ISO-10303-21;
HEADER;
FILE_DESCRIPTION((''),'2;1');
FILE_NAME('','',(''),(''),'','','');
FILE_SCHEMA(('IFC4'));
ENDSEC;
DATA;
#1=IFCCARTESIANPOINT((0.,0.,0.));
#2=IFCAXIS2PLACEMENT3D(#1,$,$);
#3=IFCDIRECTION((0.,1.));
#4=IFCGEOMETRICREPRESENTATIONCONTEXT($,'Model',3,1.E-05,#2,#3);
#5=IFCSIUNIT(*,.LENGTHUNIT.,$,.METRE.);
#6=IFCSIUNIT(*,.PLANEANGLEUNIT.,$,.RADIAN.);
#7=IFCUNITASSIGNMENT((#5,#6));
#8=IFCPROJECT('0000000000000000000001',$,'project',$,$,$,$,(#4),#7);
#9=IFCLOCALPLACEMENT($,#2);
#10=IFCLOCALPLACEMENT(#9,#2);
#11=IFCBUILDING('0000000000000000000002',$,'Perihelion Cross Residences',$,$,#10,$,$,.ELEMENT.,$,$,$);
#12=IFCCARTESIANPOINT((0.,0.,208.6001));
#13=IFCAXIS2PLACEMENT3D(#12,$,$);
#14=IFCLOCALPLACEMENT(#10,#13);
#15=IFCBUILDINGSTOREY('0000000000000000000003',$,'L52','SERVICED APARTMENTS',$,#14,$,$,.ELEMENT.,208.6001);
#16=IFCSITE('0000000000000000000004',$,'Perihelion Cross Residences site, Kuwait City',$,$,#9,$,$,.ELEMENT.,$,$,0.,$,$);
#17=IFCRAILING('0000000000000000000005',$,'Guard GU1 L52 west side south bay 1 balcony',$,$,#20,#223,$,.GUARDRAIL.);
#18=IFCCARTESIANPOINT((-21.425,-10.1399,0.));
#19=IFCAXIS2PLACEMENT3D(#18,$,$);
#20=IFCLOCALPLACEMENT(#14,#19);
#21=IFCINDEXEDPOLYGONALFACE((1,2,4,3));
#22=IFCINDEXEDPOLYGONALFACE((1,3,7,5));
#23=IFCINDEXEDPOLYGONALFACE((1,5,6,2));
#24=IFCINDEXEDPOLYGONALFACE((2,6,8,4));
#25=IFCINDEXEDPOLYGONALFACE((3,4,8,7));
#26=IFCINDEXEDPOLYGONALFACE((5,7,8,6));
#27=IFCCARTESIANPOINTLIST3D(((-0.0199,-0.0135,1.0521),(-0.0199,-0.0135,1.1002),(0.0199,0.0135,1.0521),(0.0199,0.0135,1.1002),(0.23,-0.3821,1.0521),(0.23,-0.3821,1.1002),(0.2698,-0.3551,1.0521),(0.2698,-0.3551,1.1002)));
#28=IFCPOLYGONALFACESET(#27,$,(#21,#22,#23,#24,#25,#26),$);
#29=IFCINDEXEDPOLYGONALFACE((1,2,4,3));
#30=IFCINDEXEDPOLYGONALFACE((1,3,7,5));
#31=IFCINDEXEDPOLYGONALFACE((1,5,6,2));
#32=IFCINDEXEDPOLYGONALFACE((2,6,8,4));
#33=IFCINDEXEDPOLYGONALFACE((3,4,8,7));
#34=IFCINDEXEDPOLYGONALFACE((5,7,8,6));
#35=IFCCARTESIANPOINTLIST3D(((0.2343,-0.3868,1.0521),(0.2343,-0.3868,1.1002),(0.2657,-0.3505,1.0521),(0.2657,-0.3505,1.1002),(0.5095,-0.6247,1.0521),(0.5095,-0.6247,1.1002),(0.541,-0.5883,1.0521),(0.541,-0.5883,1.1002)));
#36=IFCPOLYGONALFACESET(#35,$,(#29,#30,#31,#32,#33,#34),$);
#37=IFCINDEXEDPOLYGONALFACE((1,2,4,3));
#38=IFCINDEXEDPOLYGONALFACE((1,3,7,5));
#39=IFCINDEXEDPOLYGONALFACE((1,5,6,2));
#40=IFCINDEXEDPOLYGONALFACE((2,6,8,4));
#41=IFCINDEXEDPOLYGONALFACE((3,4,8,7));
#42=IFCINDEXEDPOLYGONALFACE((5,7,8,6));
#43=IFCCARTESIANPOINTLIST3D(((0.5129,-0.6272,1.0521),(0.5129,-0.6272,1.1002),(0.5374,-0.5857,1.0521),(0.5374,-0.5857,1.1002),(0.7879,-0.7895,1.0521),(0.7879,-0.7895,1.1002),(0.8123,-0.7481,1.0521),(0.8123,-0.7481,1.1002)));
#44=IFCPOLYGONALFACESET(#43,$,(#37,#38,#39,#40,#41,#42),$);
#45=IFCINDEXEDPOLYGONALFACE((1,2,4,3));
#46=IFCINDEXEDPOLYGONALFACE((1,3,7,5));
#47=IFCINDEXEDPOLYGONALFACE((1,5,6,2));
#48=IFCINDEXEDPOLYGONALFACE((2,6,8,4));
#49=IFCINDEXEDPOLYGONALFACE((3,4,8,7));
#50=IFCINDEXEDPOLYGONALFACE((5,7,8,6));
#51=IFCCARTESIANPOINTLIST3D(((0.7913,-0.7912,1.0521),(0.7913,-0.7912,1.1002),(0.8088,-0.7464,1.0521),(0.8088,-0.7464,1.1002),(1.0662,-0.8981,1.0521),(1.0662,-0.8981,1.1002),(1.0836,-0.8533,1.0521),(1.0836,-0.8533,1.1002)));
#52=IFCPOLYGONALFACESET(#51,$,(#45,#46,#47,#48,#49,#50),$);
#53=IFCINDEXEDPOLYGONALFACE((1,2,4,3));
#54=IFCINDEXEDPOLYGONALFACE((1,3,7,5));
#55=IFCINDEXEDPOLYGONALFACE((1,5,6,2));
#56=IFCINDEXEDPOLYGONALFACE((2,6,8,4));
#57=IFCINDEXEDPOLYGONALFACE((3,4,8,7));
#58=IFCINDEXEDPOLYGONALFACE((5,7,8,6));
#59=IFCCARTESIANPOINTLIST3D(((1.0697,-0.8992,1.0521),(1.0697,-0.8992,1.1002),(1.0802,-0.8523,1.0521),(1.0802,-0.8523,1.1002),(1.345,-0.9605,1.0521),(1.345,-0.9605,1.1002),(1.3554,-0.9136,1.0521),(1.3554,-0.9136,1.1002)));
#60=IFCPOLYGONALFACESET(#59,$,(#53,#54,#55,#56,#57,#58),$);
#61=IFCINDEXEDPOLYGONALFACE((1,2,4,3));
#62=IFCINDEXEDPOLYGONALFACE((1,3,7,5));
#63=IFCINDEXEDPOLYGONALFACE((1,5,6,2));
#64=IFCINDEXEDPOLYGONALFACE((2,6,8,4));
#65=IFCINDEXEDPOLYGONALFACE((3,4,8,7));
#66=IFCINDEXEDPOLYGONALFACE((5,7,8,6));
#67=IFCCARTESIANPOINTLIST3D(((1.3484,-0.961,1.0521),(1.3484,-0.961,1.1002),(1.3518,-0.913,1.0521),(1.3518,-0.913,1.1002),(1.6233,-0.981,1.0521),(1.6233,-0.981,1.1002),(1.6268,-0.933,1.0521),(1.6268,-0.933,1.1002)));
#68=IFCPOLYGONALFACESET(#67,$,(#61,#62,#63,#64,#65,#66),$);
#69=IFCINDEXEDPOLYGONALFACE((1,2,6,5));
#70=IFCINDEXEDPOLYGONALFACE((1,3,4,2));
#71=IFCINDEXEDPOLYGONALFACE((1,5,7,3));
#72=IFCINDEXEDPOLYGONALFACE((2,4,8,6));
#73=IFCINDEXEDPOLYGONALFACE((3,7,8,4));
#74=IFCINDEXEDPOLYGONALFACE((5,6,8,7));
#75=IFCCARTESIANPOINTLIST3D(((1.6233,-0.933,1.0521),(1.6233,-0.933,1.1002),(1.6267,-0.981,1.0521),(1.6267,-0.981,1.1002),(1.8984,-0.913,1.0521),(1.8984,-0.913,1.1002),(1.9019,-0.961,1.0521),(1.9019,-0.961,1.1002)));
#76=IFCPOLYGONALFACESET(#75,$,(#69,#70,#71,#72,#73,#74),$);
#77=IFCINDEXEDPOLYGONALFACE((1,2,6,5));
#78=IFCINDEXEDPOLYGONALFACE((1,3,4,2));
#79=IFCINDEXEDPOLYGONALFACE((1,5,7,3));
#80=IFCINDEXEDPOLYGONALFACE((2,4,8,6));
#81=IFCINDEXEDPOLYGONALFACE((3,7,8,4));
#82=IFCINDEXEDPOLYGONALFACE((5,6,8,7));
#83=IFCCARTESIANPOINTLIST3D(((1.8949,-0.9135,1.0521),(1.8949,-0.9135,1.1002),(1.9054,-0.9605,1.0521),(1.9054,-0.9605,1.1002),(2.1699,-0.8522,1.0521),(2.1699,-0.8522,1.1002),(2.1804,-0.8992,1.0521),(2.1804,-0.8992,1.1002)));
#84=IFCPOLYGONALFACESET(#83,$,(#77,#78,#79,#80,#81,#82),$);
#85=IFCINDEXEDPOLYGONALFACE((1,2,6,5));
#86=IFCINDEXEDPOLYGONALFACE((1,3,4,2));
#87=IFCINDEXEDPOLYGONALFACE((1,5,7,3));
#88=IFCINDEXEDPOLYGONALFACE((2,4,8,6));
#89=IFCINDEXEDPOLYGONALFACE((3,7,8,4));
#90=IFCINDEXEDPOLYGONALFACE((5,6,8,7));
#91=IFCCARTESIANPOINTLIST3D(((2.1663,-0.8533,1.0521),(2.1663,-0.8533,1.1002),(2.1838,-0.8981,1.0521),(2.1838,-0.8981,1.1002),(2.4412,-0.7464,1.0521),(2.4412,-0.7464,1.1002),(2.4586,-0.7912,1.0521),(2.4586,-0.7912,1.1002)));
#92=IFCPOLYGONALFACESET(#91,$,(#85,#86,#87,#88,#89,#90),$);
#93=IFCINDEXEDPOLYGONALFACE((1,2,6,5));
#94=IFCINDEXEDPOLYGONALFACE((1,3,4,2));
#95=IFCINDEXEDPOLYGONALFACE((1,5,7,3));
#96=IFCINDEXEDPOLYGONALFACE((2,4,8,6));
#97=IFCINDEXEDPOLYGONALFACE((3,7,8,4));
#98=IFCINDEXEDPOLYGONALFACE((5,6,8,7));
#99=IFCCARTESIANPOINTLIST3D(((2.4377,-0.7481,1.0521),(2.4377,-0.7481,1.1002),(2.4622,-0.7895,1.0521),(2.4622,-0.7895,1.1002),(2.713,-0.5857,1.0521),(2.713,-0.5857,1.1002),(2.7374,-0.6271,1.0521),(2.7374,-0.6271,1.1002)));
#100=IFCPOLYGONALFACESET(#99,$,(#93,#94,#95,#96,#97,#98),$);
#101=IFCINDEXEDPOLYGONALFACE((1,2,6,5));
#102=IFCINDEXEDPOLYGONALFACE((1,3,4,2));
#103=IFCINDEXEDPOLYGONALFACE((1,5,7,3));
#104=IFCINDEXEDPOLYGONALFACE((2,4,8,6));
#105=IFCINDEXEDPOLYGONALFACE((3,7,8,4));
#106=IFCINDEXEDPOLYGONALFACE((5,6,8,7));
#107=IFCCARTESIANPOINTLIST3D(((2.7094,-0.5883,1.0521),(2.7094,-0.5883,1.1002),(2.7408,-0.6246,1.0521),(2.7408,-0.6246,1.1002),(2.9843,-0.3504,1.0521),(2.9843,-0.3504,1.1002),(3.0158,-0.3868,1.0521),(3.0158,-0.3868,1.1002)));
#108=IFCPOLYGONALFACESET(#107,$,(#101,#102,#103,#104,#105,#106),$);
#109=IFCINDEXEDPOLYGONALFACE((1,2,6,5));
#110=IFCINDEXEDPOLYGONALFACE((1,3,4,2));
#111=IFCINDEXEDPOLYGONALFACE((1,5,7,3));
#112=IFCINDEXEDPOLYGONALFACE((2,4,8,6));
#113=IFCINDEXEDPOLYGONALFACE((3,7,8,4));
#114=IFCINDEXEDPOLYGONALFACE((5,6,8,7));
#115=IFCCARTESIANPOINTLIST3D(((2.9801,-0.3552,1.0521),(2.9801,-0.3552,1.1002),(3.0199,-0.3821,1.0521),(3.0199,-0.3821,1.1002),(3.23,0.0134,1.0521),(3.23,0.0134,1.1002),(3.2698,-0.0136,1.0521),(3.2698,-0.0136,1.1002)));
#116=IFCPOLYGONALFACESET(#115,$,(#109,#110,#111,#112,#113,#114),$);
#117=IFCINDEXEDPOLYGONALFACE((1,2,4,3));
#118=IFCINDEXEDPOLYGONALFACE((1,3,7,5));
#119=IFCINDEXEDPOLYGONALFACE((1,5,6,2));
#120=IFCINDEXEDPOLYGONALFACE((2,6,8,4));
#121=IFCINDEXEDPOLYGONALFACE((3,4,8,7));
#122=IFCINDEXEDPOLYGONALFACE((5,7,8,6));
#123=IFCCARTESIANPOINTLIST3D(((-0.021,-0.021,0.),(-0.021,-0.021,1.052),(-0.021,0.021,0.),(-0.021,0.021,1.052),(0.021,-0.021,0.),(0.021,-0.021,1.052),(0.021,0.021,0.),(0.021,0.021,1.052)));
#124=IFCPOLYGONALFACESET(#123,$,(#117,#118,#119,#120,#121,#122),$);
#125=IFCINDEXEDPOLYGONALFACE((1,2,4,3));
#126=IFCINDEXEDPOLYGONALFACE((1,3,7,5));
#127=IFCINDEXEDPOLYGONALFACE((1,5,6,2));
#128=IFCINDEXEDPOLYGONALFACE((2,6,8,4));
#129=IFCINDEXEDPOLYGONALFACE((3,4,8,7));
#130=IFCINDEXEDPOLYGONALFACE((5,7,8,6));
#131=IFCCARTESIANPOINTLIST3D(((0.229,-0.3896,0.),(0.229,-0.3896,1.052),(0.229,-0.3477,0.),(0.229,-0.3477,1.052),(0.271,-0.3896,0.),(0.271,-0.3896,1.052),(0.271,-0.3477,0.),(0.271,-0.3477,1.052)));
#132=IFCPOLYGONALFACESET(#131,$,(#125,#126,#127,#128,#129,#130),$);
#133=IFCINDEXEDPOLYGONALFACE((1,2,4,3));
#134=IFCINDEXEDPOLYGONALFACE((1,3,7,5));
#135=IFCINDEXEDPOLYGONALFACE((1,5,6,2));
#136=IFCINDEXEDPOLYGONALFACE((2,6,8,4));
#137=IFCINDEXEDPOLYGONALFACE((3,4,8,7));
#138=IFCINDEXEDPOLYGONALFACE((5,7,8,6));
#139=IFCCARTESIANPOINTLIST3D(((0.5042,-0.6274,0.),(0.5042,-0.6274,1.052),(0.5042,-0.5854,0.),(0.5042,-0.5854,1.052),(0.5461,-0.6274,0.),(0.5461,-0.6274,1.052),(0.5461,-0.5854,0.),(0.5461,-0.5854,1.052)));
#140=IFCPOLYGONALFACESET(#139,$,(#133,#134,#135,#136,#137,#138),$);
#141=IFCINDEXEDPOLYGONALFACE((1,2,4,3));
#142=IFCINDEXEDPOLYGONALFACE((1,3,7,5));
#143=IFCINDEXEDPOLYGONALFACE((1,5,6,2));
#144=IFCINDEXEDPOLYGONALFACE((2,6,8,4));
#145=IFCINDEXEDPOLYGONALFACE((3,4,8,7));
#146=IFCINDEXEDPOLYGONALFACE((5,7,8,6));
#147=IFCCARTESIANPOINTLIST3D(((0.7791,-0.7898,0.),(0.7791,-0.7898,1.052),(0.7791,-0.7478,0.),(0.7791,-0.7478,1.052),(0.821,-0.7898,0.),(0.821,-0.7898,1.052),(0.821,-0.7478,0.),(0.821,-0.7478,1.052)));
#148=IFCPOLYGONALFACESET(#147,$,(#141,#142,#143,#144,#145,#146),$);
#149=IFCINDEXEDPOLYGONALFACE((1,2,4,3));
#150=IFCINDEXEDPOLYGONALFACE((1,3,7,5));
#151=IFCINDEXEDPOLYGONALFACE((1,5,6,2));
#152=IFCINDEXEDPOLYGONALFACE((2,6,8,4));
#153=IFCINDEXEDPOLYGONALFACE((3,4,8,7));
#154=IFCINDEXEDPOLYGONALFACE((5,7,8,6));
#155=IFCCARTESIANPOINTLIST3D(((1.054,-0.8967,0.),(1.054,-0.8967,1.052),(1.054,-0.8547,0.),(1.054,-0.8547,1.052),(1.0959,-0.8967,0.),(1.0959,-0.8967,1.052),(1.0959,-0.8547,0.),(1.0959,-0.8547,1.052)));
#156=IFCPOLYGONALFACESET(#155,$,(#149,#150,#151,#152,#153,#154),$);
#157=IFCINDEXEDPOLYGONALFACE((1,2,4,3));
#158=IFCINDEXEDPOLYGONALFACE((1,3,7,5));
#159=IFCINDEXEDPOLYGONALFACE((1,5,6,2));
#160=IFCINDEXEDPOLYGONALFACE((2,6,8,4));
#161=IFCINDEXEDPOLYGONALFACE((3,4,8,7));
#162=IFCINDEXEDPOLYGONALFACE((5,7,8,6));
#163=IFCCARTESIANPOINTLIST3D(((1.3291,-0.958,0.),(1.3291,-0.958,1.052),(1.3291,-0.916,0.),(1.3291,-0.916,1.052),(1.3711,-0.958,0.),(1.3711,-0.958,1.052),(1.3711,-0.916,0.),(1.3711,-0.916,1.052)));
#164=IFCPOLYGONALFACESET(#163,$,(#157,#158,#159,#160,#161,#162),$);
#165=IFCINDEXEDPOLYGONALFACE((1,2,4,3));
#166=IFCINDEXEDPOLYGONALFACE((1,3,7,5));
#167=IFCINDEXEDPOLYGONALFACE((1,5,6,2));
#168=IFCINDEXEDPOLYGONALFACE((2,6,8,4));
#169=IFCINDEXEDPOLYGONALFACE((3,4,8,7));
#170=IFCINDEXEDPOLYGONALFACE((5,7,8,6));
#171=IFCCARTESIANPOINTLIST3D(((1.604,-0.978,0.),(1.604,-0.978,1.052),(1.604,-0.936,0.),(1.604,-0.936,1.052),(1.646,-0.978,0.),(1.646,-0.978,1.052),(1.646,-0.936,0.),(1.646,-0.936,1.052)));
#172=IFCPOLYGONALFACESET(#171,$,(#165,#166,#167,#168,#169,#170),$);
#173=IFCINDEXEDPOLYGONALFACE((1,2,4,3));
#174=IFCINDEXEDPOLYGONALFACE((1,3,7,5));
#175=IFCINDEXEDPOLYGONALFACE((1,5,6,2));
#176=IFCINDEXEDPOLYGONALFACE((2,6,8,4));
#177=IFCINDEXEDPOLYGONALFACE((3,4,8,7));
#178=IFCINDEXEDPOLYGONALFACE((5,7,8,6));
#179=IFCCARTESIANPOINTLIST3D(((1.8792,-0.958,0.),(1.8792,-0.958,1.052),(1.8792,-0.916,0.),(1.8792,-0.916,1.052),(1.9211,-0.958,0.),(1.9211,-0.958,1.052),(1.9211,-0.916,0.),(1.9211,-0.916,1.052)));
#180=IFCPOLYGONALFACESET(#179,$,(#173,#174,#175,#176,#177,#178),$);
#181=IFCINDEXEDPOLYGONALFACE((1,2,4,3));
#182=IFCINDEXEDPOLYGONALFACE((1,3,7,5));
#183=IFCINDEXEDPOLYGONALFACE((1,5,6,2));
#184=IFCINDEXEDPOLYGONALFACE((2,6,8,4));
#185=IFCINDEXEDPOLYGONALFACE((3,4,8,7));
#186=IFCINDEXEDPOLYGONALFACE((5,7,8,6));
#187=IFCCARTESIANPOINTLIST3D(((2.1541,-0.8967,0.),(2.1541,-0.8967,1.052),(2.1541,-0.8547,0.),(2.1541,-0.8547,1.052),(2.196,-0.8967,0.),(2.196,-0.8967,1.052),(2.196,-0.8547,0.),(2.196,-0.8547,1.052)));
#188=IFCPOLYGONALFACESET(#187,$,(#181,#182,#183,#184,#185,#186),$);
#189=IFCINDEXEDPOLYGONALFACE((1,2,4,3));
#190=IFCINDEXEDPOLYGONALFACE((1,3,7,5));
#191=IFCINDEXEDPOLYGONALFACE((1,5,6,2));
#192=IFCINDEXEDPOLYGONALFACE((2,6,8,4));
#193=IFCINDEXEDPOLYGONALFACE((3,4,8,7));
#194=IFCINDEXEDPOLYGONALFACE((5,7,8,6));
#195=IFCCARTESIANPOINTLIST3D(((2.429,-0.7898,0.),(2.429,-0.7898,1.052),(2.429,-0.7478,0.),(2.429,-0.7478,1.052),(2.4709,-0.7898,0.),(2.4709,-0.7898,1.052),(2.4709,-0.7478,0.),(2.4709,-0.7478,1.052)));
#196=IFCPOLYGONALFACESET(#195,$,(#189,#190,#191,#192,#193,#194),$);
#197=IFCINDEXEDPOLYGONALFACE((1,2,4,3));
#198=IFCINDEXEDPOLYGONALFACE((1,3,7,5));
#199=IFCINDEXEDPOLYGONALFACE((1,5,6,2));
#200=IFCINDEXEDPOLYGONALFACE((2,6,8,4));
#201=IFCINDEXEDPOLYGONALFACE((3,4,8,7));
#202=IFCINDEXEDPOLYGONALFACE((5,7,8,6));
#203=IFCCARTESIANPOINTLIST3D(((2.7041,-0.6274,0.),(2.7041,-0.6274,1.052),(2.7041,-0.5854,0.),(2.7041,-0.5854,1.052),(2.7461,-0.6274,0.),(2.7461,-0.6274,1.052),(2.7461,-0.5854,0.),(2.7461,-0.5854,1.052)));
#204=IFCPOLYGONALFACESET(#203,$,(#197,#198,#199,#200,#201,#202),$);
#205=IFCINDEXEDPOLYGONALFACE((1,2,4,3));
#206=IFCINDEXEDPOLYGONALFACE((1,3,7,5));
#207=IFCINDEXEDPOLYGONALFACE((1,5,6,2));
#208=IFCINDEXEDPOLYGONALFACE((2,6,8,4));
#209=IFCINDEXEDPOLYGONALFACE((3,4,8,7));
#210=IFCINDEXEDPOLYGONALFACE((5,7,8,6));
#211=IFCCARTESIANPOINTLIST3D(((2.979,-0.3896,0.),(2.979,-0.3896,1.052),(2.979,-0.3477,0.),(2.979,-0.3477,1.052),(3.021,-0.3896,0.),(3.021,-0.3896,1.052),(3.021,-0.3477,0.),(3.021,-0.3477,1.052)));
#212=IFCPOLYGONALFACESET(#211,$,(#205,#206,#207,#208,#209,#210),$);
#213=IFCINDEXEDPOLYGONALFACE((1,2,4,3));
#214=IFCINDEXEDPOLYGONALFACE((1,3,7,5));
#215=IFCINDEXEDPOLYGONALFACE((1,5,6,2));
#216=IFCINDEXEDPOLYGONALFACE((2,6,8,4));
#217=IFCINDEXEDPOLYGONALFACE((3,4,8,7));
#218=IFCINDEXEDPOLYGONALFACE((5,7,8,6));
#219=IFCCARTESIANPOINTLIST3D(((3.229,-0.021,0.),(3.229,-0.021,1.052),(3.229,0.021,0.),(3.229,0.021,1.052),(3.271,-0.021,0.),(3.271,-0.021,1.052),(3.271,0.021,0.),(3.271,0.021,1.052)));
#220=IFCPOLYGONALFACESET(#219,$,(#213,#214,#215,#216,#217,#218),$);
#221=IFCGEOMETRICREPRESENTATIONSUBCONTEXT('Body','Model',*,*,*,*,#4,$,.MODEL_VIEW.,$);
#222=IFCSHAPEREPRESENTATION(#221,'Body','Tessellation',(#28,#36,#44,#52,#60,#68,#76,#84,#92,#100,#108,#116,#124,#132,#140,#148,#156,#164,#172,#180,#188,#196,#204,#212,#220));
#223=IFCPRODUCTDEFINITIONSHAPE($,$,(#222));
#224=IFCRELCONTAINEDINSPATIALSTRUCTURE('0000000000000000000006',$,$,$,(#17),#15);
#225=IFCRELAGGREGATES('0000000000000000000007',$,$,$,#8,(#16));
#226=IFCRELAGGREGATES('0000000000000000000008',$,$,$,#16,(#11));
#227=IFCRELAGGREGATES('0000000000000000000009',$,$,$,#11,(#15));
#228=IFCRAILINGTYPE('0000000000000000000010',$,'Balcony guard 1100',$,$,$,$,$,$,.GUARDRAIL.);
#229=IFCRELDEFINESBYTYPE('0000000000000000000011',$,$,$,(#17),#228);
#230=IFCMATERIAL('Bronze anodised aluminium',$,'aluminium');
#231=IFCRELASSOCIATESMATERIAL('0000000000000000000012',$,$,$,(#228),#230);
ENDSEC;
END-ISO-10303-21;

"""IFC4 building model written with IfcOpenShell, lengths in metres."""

from ifc_helpers import new_model, si_unit, direction, frame, origin, origin_2d, place, context, subcontext, project, spatial, rectangle, extrude, material, type_object, element, save


model = new_model("IFC4")

# Units and contexts
model_context = context("Model", 3, precision=1e-05, world=origin(), true_north=direction((0.0, 1.0)))
body_context = subcontext(model_context, "Body", "Model", "MODEL_VIEW")
ifc_project = project(units=[si_unit("LENGTHUNIT", "METRE"), si_unit("PLANEANGLEUNIT", "RADIAN")], contexts=[model_context])

# Site, building, storey
site_placement = place(None, origin())
site = spatial("IfcSite", under=ifc_project, at=site_placement, Name="Perihelion Cross Residences site, Kuwait City", CompositionType="ELEMENT", RefElevation=0.0)
building_placement = place(site_placement, origin())
building = spatial("IfcBuilding", under=site, at=building_placement, Name="Perihelion Cross Residences", CompositionType="ELEMENT")
storey_placement = place(building_placement, frame((0.0, 0.0, 208.6001)))
storey = spatial("IfcBuildingStorey", under=building, at=storey_placement, Name="L52", Description="SERVICED APARTMENTS", CompositionType="ELEMENT", Elevation=208.6001)

# Railing
ifc_material_1 = material(Name="Bronze anodised aluminium", Category="aluminium")
railing_type_1 = type_object("IfcRailingType", Name="Balcony guard 1100", PredefinedType="GUARDRAIL", material=ifc_material_1)
railing_1_placement = place(storey_placement, frame((-21.425, -10.1399, 0.0)))
element("IfcRailing", 1, at=railing_1_placement, inside=storey, type_object=railing_type_1, Name="Guard GU1 L52 west side south bay 1 balcony", PredefinedType="GUARDRAIL", context=body_context, shape_type="SweptSolid", body=[
    extrude(rectangle(XDim=0.0481, YDim=0.0481, at=origin_2d()), frame((0.0, 0.0, 1.0762), z_axis=(0.56126, -0.827639, 0.0), x_axis=(0.827639, 0.56126, 0.0)), (0.0, 0.0, 1.0), 0.4453),
    extrude(rectangle(XDim=0.0481, YDim=0.0481, at=origin_2d()), frame((0.25, -0.3687, 1.0762), z_axis=(0.756597, -0.653882, 0.0), x_axis=(0.653882, 0.756597, 0.0)), (0.0, 0.0, 1.0), 0.3638),
    extrude(rectangle(XDim=0.0481, YDim=0.0481, at=origin_2d()), frame((0.5251, -0.6064, 1.0762), z_axis=(0.861048, -0.508523, 0.0), x_axis=(0.508523, 0.861048, 0.0)), (0.0, 0.0, 1.0), 0.3193),
    extrude(rectangle(XDim=0.0481, YDim=0.0481, at=origin_2d()), frame((0.8, -0.7688, 1.0762), z_axis=(0.931974, -0.362526, 0.0), x_axis=(0.362526, 0.931974, 0.0)), (0.0, 0.0, 1.0), 0.2949),
    extrude(rectangle(XDim=0.0481, YDim=0.0481, at=origin_2d()), frame((1.075, -0.8757, 1.0762), z_axis=(0.976085, -0.217389, 0.0), x_axis=(0.217389, 0.976085, 0.0)), (0.0, 0.0, 1.0), 0.282),
    extrude(rectangle(XDim=0.0481, YDim=0.0481, at=origin_2d()), frame((1.3501, -0.937, 1.0762), z_axis=(0.997359, -0.072632, 0.0), x_axis=(0.072632, 0.997359, 0.0)), (0.0, 0.0, 1.0), 0.2756),
    extrude(rectangle(XDim=0.0481, YDim=0.0481, at=origin_2d()), frame((1.625, -0.957, 1.0762), z_axis=(0.997363, 0.072568, 0.0), x_axis=(-0.072568, 0.997363, 0.0)), (0.0, 0.0, 1.0), 0.2759),
    extrude(rectangle(XDim=0.0481, YDim=0.0481, at=origin_2d()), frame((1.9001, -0.937, 1.0762), z_axis=(0.976044, 0.217573, 0.0), x_axis=(-0.217573, 0.976044, 0.0)), (0.0, 0.0, 1.0), 0.2817),
    extrude(rectangle(XDim=0.0481, YDim=0.0481, at=origin_2d()), frame((2.175, -0.8757, 1.0762), z_axis=(0.931974, 0.362526, 0.0), x_axis=(-0.362526, 0.931974, 0.0)), (0.0, 0.0, 1.0), 0.2949),
    extrude(rectangle(XDim=0.0481, YDim=0.0481, at=origin_2d()), frame((2.45, -0.7688, 1.0762), z_axis=(0.861246, 0.508189, 0.0), x_axis=(-0.508189, 0.861246, 0.0)), (0.0, 0.0, 1.0), 0.3196),
    extrude(rectangle(XDim=0.0481, YDim=0.0481, at=origin_2d()), frame((2.7251, -0.6064, 1.0762), z_axis=(0.756309, 0.654214, 0.0), x_axis=(-0.654214, 0.756309, 0.0)), (0.0, 0.0, 1.0), 0.3635),
    extrude(rectangle(XDim=0.0481, YDim=0.0481, at=origin_2d()), frame((3.0, -0.3687, 1.0762), z_axis=(0.56126, 0.827639, 0.0), x_axis=(-0.827639, 0.56126, 0.0)), (0.0, 0.0, 1.0), 0.4453),
    extrude(rectangle(XDim=0.042, YDim=0.042, at=origin_2d()), origin(), (0.0, 0.0, 1.0), 1.052),
    extrude(rectangle(XDim=0.042, YDim=0.042, at=origin_2d()), frame((0.25, -0.3687, 0.0)), (0.0, 0.0, 1.0), 1.052),
    extrude(rectangle(XDim=0.042, YDim=0.042, at=origin_2d()), frame((0.5251, -0.6064, 0.0)), (0.0, 0.0, 1.0), 1.052),
    extrude(rectangle(XDim=0.042, YDim=0.042, at=origin_2d()), frame((0.8, -0.7688, 0.0)), (0.0, 0.0, 1.0), 1.052),
    extrude(rectangle(XDim=0.042, YDim=0.042, at=origin_2d()), frame((1.075, -0.8757, 0.0)), (0.0, 0.0, 1.0), 1.052),
    extrude(rectangle(XDim=0.042, YDim=0.042, at=origin_2d()), frame((1.3501, -0.937, 0.0)), (0.0, 0.0, 1.0), 1.052),
    extrude(rectangle(XDim=0.042, YDim=0.042, at=origin_2d()), frame((1.625, -0.957, 0.0)), (0.0, 0.0, 1.0), 1.052),
    extrude(rectangle(XDim=0.042, YDim=0.042, at=origin_2d()), frame((1.9001, -0.937, 0.0)), (0.0, 0.0, 1.0), 1.052),
    extrude(rectangle(XDim=0.042, YDim=0.042, at=origin_2d()), frame((2.175, -0.8757, 0.0)), (0.0, 0.0, 1.0), 1.052),
    extrude(rectangle(XDim=0.042, YDim=0.042, at=origin_2d()), frame((2.45, -0.7688, 0.0)), (0.0, 0.0, 1.0), 1.052),
    extrude(rectangle(XDim=0.042, YDim=0.042, at=origin_2d()), frame((2.7251, -0.6064, 0.0)), (0.0, 0.0, 1.0), 1.052),
    extrude(rectangle(XDim=0.042, YDim=0.042, at=origin_2d()), frame((3.0, -0.3687, 0.0)), (0.0, 0.0, 1.0), 1.052),
    extrude(rectangle(XDim=0.042, YDim=0.042, at=origin_2d()), frame((3.25, 0.0, 0.0)), (0.0, 0.0, 1.0), 1.052),
])

save(model, "model.ifc")
